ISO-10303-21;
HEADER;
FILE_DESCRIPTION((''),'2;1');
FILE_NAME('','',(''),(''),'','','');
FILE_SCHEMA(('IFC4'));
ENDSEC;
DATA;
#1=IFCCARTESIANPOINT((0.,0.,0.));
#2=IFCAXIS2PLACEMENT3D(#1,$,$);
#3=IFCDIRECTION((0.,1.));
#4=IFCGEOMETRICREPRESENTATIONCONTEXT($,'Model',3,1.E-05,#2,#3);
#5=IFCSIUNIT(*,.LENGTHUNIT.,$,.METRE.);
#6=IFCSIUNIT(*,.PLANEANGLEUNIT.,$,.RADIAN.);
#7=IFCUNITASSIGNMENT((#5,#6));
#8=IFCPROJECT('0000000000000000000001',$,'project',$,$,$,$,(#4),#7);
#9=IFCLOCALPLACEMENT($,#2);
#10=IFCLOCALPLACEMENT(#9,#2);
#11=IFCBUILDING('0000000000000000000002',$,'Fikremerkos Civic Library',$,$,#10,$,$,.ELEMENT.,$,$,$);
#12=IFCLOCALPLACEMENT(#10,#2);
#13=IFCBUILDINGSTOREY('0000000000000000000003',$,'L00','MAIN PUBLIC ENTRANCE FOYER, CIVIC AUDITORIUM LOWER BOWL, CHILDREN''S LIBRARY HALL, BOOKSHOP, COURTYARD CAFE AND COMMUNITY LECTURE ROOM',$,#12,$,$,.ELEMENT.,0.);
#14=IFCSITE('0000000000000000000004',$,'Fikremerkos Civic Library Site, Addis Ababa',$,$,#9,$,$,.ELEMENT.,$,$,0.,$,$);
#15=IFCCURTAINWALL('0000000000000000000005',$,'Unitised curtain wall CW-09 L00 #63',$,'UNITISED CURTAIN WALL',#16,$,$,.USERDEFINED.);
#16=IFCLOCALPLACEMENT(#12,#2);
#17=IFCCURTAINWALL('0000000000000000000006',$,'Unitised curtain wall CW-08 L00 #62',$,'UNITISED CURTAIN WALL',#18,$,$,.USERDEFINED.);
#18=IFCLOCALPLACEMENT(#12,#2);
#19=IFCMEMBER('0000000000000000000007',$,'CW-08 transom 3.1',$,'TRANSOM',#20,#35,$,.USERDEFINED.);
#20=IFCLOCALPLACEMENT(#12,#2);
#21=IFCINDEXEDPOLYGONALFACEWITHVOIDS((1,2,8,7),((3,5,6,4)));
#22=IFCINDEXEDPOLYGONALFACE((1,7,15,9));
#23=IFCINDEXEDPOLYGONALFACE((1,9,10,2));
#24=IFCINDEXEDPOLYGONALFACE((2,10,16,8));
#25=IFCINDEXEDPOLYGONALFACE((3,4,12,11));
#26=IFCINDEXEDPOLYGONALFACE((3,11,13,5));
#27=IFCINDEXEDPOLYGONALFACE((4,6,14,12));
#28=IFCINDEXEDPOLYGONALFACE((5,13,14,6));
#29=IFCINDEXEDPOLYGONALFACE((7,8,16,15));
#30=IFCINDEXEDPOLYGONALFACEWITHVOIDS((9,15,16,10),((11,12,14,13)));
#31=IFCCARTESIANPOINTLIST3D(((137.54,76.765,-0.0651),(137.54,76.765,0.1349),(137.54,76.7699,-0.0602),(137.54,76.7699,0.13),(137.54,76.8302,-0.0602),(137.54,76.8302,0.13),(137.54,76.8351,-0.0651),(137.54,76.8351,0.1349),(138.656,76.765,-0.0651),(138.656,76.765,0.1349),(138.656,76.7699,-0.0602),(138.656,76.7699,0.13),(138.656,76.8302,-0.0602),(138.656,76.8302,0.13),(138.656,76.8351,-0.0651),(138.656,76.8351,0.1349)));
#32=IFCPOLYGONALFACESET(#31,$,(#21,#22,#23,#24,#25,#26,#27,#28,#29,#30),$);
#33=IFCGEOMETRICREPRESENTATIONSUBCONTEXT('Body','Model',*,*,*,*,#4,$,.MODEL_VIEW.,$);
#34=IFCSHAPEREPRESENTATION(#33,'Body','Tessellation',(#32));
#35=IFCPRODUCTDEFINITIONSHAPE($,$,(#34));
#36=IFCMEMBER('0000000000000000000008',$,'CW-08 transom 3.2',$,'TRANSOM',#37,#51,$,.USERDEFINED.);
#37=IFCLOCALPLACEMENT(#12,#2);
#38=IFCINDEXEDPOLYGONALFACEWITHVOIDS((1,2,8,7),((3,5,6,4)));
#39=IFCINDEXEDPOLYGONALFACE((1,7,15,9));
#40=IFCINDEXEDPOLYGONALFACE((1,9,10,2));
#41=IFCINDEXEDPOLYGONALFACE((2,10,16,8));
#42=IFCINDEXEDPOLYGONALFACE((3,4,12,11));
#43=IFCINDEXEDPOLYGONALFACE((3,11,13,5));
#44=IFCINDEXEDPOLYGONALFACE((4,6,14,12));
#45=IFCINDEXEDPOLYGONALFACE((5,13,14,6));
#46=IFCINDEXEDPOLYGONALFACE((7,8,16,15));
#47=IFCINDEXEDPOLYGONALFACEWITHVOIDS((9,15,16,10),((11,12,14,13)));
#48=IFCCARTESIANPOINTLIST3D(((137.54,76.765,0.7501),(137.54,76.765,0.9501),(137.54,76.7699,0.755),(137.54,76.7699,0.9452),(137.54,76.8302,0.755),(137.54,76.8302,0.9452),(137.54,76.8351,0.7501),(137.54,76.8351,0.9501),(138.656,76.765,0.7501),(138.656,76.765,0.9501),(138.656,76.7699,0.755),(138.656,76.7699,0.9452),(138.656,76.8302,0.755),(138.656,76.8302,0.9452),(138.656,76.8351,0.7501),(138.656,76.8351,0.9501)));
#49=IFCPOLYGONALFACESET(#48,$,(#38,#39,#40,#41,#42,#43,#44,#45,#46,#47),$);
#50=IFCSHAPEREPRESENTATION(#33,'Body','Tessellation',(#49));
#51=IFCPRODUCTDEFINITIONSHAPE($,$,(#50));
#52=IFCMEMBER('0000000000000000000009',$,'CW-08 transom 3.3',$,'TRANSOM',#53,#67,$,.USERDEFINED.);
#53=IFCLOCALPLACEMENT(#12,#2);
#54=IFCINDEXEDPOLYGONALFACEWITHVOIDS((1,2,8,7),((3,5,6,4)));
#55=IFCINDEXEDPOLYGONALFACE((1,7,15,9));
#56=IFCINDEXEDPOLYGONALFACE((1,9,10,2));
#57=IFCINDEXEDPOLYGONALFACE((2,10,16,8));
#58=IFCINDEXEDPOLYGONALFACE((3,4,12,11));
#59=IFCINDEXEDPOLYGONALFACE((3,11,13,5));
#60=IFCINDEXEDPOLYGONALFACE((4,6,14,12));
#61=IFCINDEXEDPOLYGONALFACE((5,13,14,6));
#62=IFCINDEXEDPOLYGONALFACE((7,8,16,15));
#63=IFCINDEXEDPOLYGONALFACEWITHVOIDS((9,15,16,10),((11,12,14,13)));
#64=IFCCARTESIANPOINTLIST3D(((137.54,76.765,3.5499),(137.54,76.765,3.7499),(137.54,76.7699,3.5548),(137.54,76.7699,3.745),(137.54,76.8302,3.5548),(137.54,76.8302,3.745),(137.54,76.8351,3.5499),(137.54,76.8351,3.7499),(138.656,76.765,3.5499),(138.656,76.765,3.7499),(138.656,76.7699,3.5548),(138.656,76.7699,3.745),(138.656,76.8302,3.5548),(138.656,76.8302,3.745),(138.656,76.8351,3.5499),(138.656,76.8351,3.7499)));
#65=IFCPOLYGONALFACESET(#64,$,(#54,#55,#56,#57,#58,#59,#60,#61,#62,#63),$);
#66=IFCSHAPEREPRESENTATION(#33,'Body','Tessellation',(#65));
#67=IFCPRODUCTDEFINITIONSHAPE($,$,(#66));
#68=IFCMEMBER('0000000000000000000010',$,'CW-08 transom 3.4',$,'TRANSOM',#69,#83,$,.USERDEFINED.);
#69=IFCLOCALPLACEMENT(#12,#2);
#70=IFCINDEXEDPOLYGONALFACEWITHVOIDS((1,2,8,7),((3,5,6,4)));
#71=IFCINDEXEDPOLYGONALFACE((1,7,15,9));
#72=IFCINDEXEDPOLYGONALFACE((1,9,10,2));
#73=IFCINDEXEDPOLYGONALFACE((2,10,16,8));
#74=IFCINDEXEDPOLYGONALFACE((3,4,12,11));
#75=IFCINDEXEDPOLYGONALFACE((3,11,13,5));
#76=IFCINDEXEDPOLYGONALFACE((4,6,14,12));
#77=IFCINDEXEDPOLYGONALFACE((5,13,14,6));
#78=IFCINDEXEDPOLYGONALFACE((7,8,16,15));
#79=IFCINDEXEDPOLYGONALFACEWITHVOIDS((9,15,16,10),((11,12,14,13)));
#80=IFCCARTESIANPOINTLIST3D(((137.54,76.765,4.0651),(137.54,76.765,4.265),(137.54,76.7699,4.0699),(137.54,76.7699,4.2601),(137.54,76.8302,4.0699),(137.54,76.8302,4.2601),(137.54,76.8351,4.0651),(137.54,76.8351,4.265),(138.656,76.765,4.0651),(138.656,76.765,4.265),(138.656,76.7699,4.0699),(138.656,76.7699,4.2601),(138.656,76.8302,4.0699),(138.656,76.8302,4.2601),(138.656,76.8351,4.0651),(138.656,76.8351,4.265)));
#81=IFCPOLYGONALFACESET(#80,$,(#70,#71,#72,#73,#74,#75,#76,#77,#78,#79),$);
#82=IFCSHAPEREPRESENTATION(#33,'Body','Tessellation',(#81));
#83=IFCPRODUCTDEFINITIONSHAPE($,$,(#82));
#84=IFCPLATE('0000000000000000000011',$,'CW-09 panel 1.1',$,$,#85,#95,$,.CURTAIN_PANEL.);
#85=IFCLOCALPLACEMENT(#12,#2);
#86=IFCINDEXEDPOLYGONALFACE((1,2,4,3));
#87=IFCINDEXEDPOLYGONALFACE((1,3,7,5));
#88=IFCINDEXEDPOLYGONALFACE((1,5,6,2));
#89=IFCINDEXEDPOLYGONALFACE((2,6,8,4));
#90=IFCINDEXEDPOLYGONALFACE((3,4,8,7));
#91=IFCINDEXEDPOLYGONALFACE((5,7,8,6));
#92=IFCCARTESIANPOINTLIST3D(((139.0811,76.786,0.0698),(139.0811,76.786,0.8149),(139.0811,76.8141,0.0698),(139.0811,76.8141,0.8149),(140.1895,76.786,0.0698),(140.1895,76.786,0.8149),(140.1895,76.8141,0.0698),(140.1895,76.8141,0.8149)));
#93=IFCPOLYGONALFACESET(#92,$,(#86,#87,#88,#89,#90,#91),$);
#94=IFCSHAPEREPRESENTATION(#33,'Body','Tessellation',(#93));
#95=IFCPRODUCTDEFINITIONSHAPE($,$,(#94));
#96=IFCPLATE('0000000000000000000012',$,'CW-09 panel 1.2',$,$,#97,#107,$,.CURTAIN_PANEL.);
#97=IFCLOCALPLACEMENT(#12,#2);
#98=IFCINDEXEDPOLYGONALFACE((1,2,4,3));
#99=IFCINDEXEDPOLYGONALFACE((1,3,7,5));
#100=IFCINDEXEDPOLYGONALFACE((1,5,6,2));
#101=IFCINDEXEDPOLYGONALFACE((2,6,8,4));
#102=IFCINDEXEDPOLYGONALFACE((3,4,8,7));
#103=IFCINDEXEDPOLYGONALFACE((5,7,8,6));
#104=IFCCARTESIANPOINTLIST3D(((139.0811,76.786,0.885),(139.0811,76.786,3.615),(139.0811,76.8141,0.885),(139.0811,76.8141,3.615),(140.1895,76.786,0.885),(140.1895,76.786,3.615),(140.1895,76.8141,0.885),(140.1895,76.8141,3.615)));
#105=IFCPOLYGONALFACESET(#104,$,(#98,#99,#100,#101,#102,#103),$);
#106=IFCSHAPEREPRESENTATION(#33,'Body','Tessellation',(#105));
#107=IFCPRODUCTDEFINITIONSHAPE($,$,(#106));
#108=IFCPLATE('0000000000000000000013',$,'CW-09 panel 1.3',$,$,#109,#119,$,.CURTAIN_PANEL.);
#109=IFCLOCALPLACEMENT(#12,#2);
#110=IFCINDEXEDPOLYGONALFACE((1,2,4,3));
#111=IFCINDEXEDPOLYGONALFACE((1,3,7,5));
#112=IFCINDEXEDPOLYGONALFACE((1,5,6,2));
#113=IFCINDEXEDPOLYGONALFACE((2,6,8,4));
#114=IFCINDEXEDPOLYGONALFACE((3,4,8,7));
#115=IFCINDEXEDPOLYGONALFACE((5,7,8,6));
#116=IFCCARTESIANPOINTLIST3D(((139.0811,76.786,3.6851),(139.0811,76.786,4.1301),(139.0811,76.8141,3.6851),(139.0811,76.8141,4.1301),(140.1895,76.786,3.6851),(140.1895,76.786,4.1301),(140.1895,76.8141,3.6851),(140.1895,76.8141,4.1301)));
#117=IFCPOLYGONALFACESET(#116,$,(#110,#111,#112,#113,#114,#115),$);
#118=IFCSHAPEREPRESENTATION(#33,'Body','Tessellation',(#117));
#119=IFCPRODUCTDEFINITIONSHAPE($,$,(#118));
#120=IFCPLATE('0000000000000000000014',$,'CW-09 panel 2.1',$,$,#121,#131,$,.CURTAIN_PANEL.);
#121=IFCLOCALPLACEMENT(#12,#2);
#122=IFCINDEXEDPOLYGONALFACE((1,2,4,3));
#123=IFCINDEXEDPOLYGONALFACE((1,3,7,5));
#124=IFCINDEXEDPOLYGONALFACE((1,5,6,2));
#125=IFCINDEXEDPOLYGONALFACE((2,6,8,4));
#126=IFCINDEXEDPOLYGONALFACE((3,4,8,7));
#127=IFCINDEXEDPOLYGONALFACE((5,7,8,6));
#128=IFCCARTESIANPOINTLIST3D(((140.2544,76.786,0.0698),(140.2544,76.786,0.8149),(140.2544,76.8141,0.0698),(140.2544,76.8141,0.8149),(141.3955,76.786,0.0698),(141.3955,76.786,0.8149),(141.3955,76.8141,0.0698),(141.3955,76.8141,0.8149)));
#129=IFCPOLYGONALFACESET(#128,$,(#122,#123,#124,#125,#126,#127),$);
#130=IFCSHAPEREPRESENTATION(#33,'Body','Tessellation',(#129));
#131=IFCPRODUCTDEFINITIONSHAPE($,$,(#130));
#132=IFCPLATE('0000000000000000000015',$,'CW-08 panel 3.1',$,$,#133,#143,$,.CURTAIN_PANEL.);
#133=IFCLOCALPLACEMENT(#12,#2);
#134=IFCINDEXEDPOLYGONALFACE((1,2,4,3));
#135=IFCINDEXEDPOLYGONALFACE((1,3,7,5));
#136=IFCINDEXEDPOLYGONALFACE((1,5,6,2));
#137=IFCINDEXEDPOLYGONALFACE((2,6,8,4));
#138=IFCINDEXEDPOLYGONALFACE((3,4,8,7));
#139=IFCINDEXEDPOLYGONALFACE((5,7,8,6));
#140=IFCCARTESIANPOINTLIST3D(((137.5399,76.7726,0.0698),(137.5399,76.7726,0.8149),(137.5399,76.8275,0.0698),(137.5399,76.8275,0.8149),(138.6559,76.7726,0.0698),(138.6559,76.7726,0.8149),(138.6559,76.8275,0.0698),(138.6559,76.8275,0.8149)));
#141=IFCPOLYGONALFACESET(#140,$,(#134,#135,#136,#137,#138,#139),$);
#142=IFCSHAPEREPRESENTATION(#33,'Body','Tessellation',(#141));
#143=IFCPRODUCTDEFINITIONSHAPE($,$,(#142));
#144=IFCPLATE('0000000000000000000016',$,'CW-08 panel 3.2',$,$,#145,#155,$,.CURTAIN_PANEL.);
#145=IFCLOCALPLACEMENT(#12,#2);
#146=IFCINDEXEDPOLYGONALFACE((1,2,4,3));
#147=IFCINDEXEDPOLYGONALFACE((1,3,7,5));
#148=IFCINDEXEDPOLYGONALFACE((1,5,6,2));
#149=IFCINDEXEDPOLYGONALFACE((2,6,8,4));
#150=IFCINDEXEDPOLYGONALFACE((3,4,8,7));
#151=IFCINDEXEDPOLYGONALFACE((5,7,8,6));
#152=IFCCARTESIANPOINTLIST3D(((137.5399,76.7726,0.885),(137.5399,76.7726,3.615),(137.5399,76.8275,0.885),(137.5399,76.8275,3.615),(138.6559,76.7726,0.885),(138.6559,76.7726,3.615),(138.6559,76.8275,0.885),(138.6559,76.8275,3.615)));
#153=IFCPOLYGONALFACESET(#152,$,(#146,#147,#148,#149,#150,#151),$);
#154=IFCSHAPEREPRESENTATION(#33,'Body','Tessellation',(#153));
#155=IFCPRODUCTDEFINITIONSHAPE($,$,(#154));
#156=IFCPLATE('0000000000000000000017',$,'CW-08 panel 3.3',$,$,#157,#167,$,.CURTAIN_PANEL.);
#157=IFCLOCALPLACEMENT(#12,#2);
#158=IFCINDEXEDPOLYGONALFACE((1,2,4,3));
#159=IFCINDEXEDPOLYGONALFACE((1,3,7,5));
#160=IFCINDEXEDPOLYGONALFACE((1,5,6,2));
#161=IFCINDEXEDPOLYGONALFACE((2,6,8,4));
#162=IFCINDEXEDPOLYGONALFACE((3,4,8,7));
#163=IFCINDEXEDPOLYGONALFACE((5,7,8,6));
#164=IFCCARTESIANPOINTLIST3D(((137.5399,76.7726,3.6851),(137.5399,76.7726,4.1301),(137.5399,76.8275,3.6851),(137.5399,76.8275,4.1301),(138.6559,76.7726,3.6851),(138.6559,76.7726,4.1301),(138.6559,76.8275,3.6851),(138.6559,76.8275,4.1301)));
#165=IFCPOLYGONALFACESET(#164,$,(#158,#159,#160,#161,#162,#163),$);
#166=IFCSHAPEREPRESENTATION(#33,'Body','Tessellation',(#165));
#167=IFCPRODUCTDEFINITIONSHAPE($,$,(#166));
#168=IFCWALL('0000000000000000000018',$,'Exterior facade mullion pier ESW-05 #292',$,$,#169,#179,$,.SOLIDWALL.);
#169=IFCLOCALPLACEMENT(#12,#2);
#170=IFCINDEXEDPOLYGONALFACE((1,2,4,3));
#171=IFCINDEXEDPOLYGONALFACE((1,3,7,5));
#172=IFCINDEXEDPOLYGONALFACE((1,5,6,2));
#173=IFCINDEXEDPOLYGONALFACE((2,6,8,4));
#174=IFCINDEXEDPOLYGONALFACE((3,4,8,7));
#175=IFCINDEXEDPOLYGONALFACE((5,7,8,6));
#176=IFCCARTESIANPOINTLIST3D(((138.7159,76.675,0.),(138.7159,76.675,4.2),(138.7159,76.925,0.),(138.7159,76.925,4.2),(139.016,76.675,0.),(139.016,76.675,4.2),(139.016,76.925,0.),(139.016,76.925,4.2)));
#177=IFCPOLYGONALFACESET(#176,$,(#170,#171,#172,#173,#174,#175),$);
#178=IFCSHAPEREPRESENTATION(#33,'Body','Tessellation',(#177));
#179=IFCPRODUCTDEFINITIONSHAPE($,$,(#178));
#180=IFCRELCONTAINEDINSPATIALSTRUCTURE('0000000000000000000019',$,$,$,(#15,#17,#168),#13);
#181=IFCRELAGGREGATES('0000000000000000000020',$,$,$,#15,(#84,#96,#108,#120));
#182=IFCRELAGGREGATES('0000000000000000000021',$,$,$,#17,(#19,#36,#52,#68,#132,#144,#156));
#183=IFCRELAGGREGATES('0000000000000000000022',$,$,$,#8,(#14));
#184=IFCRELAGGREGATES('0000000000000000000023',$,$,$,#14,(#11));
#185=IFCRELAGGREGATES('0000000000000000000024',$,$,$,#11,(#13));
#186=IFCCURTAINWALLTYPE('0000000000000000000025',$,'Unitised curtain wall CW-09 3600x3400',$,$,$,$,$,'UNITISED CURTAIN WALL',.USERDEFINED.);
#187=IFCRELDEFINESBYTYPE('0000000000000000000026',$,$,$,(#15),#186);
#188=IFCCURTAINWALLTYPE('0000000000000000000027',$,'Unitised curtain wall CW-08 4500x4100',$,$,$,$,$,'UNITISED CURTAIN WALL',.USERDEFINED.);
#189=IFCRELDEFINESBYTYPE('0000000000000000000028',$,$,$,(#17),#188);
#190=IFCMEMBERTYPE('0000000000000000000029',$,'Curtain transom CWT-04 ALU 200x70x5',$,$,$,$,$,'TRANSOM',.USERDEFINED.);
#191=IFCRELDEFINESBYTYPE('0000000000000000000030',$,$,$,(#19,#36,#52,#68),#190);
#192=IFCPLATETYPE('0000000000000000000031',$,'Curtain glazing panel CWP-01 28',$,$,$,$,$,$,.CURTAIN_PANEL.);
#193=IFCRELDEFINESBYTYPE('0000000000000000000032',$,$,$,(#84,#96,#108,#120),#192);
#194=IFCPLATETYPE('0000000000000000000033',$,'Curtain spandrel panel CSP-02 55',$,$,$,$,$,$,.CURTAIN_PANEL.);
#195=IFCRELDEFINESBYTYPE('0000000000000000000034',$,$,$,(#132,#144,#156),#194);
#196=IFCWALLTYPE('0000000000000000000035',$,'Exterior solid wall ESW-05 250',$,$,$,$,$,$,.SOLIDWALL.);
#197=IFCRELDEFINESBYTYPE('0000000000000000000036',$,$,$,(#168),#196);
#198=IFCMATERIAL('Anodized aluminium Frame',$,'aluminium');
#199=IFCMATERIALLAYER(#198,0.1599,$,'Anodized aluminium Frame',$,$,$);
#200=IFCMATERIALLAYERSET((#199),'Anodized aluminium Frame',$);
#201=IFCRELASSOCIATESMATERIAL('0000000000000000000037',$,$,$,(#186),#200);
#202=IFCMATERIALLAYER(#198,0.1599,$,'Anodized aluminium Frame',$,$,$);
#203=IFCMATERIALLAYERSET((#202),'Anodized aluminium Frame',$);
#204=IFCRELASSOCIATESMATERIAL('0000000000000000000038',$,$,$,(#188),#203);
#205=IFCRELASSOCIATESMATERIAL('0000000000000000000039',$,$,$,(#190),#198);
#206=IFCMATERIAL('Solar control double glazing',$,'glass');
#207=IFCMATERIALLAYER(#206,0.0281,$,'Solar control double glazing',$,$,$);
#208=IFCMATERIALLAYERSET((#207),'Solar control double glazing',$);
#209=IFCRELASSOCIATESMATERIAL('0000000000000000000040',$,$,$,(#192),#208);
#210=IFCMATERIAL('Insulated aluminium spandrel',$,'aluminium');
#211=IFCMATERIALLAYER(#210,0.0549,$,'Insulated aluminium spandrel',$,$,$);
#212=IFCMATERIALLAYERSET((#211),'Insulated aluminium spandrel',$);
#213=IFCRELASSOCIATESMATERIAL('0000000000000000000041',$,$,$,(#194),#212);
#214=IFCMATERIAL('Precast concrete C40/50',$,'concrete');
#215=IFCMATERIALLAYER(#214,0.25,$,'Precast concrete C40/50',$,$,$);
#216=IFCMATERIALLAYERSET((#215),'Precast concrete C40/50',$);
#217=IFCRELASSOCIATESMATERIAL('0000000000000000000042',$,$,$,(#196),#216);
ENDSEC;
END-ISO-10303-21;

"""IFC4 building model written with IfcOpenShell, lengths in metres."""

from ifc_helpers import new_model, si_unit, direction, frame, frame_2d, origin, origin_2d, place, context, subcontext, project, spatial, rectangle, hollow_rectangle, extrude, material, layer, layer_set, material_profile, profile_set, type_object, element, aggregate, save


model = new_model("IFC4")

# Units and contexts
model_context = context("Model", 3, precision=1e-05, world=origin(), true_north=direction((0.0, 1.0)))
body_context = subcontext(model_context, "Body", "Model", "MODEL_VIEW")
ifc_project = project(units=[si_unit("LENGTHUNIT", "METRE"), si_unit("PLANEANGLEUNIT", "RADIAN")], contexts=[model_context])

# Site, building, storey
site_placement = place(None, origin())
site = spatial("IfcSite", under=ifc_project, at=site_placement, Name="Fikremerkos Civic Library Site, Addis Ababa", CompositionType="ELEMENT", RefElevation=0.0)
building_placement = place(site_placement, origin())
building = spatial("IfcBuilding", under=site, at=building_placement, Name="Fikremerkos Civic Library", CompositionType="ELEMENT")
storey_placement = place(building_placement, origin())
storey = spatial("IfcBuildingStorey", under=building, at=storey_placement, Name="L00", Description="MAIN PUBLIC ENTRANCE FOYER, CIVIC AUDITORIUM LOWER BOWL, CHILDREN'S LIBRARY HALL, BOOKSHOP, COURTYARD CAFE AND COMMUNITY LECTURE ROOM", CompositionType="ELEMENT", Elevation=0.0)

# Curtain wall
ifc_material_1 = material(Name="Anodized aluminium Frame", Category="aluminium")
ifc_layer_1 = layer(ifc_material_1, 0.1599, Name="Anodized aluminium Frame")
ifc_layer_set_1 = layer_set([ifc_layer_1], Name="Anodized aluminium Frame")
curtain_wall_type_1 = type_object("IfcCurtainWallType", Name="Unitised curtain wall CW-09 3600x3400", ElementType="UNITISED CURTAIN WALL", PredefinedType="USERDEFINED", material=ifc_layer_set_1)
curtain_wall_1_placement = place(storey_placement, origin())
curtain_wall_1 = element("IfcCurtainWall", 1, at=curtain_wall_1_placement, inside=storey, type_object=curtain_wall_type_1, Name="Unitised curtain wall CW-09 L00 #63", ObjectType="UNITISED CURTAIN WALL", PredefinedType="USERDEFINED")

# Curtain wall
ifc_layer_2 = layer(ifc_material_1, 0.1599, Name="Anodized aluminium Frame")
ifc_layer_set_2 = layer_set([ifc_layer_2], Name="Anodized aluminium Frame")
curtain_wall_type_2 = type_object("IfcCurtainWallType", Name="Unitised curtain wall CW-08 4500x4100", ElementType="UNITISED CURTAIN WALL", PredefinedType="USERDEFINED", material=ifc_layer_set_2)
curtain_wall_2_placement = place(storey_placement, origin())
curtain_wall_2 = element("IfcCurtainWall", 2, at=curtain_wall_2_placement, inside=storey, type_object=curtain_wall_type_2, Name="Unitised curtain wall CW-08 L00 #62", ObjectType="UNITISED CURTAIN WALL", PredefinedType="USERDEFINED")

# Members
ifc_material_profile_1 = material_profile(ifc_material_1, hollow_rectangle(XDim=0.0701, YDim=0.2, WallThickness=0.0049, at=origin_2d()), Name="ALU 200x70x5")
ifc_profile_set_1 = profile_set([ifc_material_profile_1], Name="Anodized aluminium Frame")
member_type_1 = type_object("IfcMemberType", Name="Curtain transom CWT-04 ALU 200x70x5", ElementType="TRANSOM", PredefinedType="USERDEFINED", material=ifc_profile_set_1)
member_1_placement = place(storey_placement, frame((137.54, 76.8, 0.0349), z_axis=(1.0, 0.0, 0.0), x_axis=(0.0, 1.0, 0.0)))
member_1 = element("IfcMember", 3, at=member_1_placement, type_object=member_type_1, Name="CW-08 transom 3.1", ObjectType="TRANSOM", PredefinedType="USERDEFINED", context=body_context, shape_type="SweptSolid", body=[
    extrude(hollow_rectangle(XDim=0.0701, YDim=0.2, WallThickness=0.0049, at=origin_2d()), origin(), (0.0, 0.0, 1.0), 1.116),
])
member_2_placement = place(storey_placement, frame((137.54, 76.8, 0.8501), z_axis=(1.0, 0.0, 0.0), x_axis=(0.0, 1.0, 0.0)))
member_2 = element("IfcMember", 4, at=member_2_placement, type_object=member_type_1, Name="CW-08 transom 3.2", ObjectType="TRANSOM", PredefinedType="USERDEFINED", context=body_context, shape_type="SweptSolid", body=[
    extrude(hollow_rectangle(XDim=0.0701, YDim=0.2, WallThickness=0.0049, at=origin_2d()), origin(), (0.0, 0.0, 1.0), 1.116),
])
member_3_placement = place(storey_placement, frame((137.54, 76.8, 3.6499), z_axis=(1.0, 0.0, 0.0), x_axis=(0.0, 1.0, 0.0)))
member_3 = element("IfcMember", 5, at=member_3_placement, type_object=member_type_1, Name="CW-08 transom 3.3", ObjectType="TRANSOM", PredefinedType="USERDEFINED", context=body_context, shape_type="SweptSolid", body=[
    extrude(hollow_rectangle(XDim=0.0701, YDim=0.2, WallThickness=0.0049, at=origin_2d()), origin(), (0.0, 0.0, 1.0), 1.116),
])
member_4_placement = place(storey_placement, frame((137.54, 76.8, 4.165), z_axis=(1.0, 0.0, 0.0), x_axis=(0.0, 1.0, 0.0)))
member_4 = element("IfcMember", 6, at=member_4_placement, type_object=member_type_1, Name="CW-08 transom 3.4", ObjectType="TRANSOM", PredefinedType="USERDEFINED", context=body_context, shape_type="SweptSolid", body=[
    extrude(hollow_rectangle(XDim=0.0701, YDim=0.2, WallThickness=0.0049, at=origin_2d()), origin(), (0.0, 0.0, 1.0), 1.116),
])

# Plates
ifc_material_2 = material(Name="Solar control double glazing", Category="glass")
ifc_layer_3 = layer(ifc_material_2, 0.0281, Name="Solar control double glazing")
ifc_layer_set_3 = layer_set([ifc_layer_3], Name="Solar control double glazing")
plate_type_1 = type_object("IfcPlateType", Name="Curtain glazing panel CWP-01 28", PredefinedType="CURTAIN_PANEL", material=ifc_layer_set_3)
plate_1_placement = place(storey_placement, frame((139.6353, 76.8, 0.0698), z_axis=(0.0, 0.0, 1.0), x_axis=(1.0, 0.0, 0.0)))
plate_1 = element("IfcPlate", 7, at=plate_1_placement, type_object=plate_type_1, Name="CW-09 panel 1.1", PredefinedType="CURTAIN_PANEL", context=body_context, shape_type="SweptSolid", body=[
    extrude(rectangle(XDim=1.1084, YDim=0.0281, at=origin_2d()), origin(), (0.0, 0.0, 1.0), 0.7451),
])
plate_2_placement = place(storey_placement, frame((139.6353, 76.8, 0.885), z_axis=(0.0, 0.0, 1.0), x_axis=(1.0, 0.0, 0.0)))
plate_2 = element("IfcPlate", 8, at=plate_2_placement, type_object=plate_type_1, Name="CW-09 panel 1.2", PredefinedType="CURTAIN_PANEL", context=body_context, shape_type="SweptSolid", body=[
    extrude(rectangle(XDim=1.1084, YDim=0.0281, at=origin_2d()), origin(), (0.0, 0.0, 1.0), 2.73),
])
plate_3_placement = place(storey_placement, frame((139.6353, 76.8, 3.6851), z_axis=(0.0, 0.0, 1.0), x_axis=(1.0, 0.0, 0.0)))
plate_3 = element("IfcPlate", 9, at=plate_3_placement, type_object=plate_type_1, Name="CW-09 panel 1.3", PredefinedType="CURTAIN_PANEL", context=body_context, shape_type="SweptSolid", body=[
    extrude(rectangle(XDim=1.1084, YDim=0.0281, at=origin_2d()), origin(), (0.0, 0.0, 1.0), 0.4451),
])
plate_4_placement = place(storey_placement, frame((140.825, 76.8, 0.0698), z_axis=(0.0, 0.0, 1.0), x_axis=(1.0, 0.0, 0.0)))
plate_4 = element("IfcPlate", 10, at=plate_4_placement, type_object=plate_type_1, Name="CW-09 panel 2.1", PredefinedType="CURTAIN_PANEL", context=body_context, shape_type="SweptSolid", body=[
    extrude(rectangle(XDim=1.1411, YDim=0.0281, at=origin_2d()), origin(), (0.0, 0.0, 1.0), 0.7451),
])
aggregate(curtain_wall_1, [plate_1, plate_2, plate_3, plate_4])
ifc_material_3 = material(Name="Insulated aluminium spandrel", Category="aluminium")
ifc_layer_4 = layer(ifc_material_3, 0.0549, Name="Insulated aluminium spandrel")
ifc_layer_set_4 = layer_set([ifc_layer_4], Name="Insulated aluminium spandrel")
plate_type_2 = type_object("IfcPlateType", Name="Curtain spandrel panel CSP-02 55", PredefinedType="CURTAIN_PANEL", material=ifc_layer_set_4)
plate_5_placement = place(storey_placement, frame((138.0979, 76.8, 0.0698), z_axis=(0.0, 0.0, 1.0), x_axis=(1.0, 0.0, 0.0)))
plate_5 = element("IfcPlate", 11, at=plate_5_placement, type_object=plate_type_2, Name="CW-08 panel 3.1", PredefinedType="CURTAIN_PANEL", context=body_context, shape_type="SweptSolid", body=[
    extrude(rectangle(XDim=1.116, YDim=0.0549, at=origin_2d()), origin(), (0.0, 0.0, 1.0), 0.7451),
])
plate_6_placement = place(storey_placement, frame((138.0979, 76.8, 0.885), z_axis=(0.0, 0.0, 1.0), x_axis=(1.0, 0.0, 0.0)))
plate_6 = element("IfcPlate", 12, at=plate_6_placement, type_object=plate_type_2, Name="CW-08 panel 3.2", PredefinedType="CURTAIN_PANEL", context=body_context, shape_type="SweptSolid", body=[
    extrude(rectangle(XDim=1.116, YDim=0.0549, at=origin_2d()), origin(), (0.0, 0.0, 1.0), 2.73),
])
plate_7_placement = place(storey_placement, frame((138.0979, 76.8, 3.6851), z_axis=(0.0, 0.0, 1.0), x_axis=(1.0, 0.0, 0.0)))
plate_7 = element("IfcPlate", 13, at=plate_7_placement, type_object=plate_type_2, Name="CW-08 panel 3.3", PredefinedType="CURTAIN_PANEL", context=body_context, shape_type="SweptSolid", body=[
    extrude(rectangle(XDim=1.116, YDim=0.0549, at=origin_2d()), origin(), (0.0, 0.0, 1.0), 0.4451),
])
aggregate(curtain_wall_2, [member_1, member_2, member_3, member_4, plate_5, plate_6, plate_7])

# Wall
ifc_material_4 = material(Name="Precast concrete C40/50", Category="concrete")
ifc_layer_5 = layer(ifc_material_4, 0.25, Name="Precast concrete C40/50")
ifc_layer_set_5 = layer_set([ifc_layer_5], Name="Precast concrete C40/50")
wall_type = type_object("IfcWallType", Name="Exterior solid wall ESW-05 250", PredefinedType="SOLIDWALL", material=ifc_layer_set_5)
wall_placement = place(storey_placement, frame((138.7161, 76.8, 0.0), z_axis=(0.0, 0.0, 1.0), x_axis=(1.0, 0.0, 0.0)))
element("IfcWall", 14, at=wall_placement, inside=storey, type_object=wall_type, Name="Exterior facade mullion pier ESW-05 #292", PredefinedType="SOLIDWALL", context=body_context, shape_type="SweptSolid", body=[
    extrude(rectangle(XDim=0.3, YDim=0.25, at=frame_2d((0.1499, 0.0))), origin(), (0.0, 0.0, 1.0), 4.2),
])

save(model, "model.ifc")
